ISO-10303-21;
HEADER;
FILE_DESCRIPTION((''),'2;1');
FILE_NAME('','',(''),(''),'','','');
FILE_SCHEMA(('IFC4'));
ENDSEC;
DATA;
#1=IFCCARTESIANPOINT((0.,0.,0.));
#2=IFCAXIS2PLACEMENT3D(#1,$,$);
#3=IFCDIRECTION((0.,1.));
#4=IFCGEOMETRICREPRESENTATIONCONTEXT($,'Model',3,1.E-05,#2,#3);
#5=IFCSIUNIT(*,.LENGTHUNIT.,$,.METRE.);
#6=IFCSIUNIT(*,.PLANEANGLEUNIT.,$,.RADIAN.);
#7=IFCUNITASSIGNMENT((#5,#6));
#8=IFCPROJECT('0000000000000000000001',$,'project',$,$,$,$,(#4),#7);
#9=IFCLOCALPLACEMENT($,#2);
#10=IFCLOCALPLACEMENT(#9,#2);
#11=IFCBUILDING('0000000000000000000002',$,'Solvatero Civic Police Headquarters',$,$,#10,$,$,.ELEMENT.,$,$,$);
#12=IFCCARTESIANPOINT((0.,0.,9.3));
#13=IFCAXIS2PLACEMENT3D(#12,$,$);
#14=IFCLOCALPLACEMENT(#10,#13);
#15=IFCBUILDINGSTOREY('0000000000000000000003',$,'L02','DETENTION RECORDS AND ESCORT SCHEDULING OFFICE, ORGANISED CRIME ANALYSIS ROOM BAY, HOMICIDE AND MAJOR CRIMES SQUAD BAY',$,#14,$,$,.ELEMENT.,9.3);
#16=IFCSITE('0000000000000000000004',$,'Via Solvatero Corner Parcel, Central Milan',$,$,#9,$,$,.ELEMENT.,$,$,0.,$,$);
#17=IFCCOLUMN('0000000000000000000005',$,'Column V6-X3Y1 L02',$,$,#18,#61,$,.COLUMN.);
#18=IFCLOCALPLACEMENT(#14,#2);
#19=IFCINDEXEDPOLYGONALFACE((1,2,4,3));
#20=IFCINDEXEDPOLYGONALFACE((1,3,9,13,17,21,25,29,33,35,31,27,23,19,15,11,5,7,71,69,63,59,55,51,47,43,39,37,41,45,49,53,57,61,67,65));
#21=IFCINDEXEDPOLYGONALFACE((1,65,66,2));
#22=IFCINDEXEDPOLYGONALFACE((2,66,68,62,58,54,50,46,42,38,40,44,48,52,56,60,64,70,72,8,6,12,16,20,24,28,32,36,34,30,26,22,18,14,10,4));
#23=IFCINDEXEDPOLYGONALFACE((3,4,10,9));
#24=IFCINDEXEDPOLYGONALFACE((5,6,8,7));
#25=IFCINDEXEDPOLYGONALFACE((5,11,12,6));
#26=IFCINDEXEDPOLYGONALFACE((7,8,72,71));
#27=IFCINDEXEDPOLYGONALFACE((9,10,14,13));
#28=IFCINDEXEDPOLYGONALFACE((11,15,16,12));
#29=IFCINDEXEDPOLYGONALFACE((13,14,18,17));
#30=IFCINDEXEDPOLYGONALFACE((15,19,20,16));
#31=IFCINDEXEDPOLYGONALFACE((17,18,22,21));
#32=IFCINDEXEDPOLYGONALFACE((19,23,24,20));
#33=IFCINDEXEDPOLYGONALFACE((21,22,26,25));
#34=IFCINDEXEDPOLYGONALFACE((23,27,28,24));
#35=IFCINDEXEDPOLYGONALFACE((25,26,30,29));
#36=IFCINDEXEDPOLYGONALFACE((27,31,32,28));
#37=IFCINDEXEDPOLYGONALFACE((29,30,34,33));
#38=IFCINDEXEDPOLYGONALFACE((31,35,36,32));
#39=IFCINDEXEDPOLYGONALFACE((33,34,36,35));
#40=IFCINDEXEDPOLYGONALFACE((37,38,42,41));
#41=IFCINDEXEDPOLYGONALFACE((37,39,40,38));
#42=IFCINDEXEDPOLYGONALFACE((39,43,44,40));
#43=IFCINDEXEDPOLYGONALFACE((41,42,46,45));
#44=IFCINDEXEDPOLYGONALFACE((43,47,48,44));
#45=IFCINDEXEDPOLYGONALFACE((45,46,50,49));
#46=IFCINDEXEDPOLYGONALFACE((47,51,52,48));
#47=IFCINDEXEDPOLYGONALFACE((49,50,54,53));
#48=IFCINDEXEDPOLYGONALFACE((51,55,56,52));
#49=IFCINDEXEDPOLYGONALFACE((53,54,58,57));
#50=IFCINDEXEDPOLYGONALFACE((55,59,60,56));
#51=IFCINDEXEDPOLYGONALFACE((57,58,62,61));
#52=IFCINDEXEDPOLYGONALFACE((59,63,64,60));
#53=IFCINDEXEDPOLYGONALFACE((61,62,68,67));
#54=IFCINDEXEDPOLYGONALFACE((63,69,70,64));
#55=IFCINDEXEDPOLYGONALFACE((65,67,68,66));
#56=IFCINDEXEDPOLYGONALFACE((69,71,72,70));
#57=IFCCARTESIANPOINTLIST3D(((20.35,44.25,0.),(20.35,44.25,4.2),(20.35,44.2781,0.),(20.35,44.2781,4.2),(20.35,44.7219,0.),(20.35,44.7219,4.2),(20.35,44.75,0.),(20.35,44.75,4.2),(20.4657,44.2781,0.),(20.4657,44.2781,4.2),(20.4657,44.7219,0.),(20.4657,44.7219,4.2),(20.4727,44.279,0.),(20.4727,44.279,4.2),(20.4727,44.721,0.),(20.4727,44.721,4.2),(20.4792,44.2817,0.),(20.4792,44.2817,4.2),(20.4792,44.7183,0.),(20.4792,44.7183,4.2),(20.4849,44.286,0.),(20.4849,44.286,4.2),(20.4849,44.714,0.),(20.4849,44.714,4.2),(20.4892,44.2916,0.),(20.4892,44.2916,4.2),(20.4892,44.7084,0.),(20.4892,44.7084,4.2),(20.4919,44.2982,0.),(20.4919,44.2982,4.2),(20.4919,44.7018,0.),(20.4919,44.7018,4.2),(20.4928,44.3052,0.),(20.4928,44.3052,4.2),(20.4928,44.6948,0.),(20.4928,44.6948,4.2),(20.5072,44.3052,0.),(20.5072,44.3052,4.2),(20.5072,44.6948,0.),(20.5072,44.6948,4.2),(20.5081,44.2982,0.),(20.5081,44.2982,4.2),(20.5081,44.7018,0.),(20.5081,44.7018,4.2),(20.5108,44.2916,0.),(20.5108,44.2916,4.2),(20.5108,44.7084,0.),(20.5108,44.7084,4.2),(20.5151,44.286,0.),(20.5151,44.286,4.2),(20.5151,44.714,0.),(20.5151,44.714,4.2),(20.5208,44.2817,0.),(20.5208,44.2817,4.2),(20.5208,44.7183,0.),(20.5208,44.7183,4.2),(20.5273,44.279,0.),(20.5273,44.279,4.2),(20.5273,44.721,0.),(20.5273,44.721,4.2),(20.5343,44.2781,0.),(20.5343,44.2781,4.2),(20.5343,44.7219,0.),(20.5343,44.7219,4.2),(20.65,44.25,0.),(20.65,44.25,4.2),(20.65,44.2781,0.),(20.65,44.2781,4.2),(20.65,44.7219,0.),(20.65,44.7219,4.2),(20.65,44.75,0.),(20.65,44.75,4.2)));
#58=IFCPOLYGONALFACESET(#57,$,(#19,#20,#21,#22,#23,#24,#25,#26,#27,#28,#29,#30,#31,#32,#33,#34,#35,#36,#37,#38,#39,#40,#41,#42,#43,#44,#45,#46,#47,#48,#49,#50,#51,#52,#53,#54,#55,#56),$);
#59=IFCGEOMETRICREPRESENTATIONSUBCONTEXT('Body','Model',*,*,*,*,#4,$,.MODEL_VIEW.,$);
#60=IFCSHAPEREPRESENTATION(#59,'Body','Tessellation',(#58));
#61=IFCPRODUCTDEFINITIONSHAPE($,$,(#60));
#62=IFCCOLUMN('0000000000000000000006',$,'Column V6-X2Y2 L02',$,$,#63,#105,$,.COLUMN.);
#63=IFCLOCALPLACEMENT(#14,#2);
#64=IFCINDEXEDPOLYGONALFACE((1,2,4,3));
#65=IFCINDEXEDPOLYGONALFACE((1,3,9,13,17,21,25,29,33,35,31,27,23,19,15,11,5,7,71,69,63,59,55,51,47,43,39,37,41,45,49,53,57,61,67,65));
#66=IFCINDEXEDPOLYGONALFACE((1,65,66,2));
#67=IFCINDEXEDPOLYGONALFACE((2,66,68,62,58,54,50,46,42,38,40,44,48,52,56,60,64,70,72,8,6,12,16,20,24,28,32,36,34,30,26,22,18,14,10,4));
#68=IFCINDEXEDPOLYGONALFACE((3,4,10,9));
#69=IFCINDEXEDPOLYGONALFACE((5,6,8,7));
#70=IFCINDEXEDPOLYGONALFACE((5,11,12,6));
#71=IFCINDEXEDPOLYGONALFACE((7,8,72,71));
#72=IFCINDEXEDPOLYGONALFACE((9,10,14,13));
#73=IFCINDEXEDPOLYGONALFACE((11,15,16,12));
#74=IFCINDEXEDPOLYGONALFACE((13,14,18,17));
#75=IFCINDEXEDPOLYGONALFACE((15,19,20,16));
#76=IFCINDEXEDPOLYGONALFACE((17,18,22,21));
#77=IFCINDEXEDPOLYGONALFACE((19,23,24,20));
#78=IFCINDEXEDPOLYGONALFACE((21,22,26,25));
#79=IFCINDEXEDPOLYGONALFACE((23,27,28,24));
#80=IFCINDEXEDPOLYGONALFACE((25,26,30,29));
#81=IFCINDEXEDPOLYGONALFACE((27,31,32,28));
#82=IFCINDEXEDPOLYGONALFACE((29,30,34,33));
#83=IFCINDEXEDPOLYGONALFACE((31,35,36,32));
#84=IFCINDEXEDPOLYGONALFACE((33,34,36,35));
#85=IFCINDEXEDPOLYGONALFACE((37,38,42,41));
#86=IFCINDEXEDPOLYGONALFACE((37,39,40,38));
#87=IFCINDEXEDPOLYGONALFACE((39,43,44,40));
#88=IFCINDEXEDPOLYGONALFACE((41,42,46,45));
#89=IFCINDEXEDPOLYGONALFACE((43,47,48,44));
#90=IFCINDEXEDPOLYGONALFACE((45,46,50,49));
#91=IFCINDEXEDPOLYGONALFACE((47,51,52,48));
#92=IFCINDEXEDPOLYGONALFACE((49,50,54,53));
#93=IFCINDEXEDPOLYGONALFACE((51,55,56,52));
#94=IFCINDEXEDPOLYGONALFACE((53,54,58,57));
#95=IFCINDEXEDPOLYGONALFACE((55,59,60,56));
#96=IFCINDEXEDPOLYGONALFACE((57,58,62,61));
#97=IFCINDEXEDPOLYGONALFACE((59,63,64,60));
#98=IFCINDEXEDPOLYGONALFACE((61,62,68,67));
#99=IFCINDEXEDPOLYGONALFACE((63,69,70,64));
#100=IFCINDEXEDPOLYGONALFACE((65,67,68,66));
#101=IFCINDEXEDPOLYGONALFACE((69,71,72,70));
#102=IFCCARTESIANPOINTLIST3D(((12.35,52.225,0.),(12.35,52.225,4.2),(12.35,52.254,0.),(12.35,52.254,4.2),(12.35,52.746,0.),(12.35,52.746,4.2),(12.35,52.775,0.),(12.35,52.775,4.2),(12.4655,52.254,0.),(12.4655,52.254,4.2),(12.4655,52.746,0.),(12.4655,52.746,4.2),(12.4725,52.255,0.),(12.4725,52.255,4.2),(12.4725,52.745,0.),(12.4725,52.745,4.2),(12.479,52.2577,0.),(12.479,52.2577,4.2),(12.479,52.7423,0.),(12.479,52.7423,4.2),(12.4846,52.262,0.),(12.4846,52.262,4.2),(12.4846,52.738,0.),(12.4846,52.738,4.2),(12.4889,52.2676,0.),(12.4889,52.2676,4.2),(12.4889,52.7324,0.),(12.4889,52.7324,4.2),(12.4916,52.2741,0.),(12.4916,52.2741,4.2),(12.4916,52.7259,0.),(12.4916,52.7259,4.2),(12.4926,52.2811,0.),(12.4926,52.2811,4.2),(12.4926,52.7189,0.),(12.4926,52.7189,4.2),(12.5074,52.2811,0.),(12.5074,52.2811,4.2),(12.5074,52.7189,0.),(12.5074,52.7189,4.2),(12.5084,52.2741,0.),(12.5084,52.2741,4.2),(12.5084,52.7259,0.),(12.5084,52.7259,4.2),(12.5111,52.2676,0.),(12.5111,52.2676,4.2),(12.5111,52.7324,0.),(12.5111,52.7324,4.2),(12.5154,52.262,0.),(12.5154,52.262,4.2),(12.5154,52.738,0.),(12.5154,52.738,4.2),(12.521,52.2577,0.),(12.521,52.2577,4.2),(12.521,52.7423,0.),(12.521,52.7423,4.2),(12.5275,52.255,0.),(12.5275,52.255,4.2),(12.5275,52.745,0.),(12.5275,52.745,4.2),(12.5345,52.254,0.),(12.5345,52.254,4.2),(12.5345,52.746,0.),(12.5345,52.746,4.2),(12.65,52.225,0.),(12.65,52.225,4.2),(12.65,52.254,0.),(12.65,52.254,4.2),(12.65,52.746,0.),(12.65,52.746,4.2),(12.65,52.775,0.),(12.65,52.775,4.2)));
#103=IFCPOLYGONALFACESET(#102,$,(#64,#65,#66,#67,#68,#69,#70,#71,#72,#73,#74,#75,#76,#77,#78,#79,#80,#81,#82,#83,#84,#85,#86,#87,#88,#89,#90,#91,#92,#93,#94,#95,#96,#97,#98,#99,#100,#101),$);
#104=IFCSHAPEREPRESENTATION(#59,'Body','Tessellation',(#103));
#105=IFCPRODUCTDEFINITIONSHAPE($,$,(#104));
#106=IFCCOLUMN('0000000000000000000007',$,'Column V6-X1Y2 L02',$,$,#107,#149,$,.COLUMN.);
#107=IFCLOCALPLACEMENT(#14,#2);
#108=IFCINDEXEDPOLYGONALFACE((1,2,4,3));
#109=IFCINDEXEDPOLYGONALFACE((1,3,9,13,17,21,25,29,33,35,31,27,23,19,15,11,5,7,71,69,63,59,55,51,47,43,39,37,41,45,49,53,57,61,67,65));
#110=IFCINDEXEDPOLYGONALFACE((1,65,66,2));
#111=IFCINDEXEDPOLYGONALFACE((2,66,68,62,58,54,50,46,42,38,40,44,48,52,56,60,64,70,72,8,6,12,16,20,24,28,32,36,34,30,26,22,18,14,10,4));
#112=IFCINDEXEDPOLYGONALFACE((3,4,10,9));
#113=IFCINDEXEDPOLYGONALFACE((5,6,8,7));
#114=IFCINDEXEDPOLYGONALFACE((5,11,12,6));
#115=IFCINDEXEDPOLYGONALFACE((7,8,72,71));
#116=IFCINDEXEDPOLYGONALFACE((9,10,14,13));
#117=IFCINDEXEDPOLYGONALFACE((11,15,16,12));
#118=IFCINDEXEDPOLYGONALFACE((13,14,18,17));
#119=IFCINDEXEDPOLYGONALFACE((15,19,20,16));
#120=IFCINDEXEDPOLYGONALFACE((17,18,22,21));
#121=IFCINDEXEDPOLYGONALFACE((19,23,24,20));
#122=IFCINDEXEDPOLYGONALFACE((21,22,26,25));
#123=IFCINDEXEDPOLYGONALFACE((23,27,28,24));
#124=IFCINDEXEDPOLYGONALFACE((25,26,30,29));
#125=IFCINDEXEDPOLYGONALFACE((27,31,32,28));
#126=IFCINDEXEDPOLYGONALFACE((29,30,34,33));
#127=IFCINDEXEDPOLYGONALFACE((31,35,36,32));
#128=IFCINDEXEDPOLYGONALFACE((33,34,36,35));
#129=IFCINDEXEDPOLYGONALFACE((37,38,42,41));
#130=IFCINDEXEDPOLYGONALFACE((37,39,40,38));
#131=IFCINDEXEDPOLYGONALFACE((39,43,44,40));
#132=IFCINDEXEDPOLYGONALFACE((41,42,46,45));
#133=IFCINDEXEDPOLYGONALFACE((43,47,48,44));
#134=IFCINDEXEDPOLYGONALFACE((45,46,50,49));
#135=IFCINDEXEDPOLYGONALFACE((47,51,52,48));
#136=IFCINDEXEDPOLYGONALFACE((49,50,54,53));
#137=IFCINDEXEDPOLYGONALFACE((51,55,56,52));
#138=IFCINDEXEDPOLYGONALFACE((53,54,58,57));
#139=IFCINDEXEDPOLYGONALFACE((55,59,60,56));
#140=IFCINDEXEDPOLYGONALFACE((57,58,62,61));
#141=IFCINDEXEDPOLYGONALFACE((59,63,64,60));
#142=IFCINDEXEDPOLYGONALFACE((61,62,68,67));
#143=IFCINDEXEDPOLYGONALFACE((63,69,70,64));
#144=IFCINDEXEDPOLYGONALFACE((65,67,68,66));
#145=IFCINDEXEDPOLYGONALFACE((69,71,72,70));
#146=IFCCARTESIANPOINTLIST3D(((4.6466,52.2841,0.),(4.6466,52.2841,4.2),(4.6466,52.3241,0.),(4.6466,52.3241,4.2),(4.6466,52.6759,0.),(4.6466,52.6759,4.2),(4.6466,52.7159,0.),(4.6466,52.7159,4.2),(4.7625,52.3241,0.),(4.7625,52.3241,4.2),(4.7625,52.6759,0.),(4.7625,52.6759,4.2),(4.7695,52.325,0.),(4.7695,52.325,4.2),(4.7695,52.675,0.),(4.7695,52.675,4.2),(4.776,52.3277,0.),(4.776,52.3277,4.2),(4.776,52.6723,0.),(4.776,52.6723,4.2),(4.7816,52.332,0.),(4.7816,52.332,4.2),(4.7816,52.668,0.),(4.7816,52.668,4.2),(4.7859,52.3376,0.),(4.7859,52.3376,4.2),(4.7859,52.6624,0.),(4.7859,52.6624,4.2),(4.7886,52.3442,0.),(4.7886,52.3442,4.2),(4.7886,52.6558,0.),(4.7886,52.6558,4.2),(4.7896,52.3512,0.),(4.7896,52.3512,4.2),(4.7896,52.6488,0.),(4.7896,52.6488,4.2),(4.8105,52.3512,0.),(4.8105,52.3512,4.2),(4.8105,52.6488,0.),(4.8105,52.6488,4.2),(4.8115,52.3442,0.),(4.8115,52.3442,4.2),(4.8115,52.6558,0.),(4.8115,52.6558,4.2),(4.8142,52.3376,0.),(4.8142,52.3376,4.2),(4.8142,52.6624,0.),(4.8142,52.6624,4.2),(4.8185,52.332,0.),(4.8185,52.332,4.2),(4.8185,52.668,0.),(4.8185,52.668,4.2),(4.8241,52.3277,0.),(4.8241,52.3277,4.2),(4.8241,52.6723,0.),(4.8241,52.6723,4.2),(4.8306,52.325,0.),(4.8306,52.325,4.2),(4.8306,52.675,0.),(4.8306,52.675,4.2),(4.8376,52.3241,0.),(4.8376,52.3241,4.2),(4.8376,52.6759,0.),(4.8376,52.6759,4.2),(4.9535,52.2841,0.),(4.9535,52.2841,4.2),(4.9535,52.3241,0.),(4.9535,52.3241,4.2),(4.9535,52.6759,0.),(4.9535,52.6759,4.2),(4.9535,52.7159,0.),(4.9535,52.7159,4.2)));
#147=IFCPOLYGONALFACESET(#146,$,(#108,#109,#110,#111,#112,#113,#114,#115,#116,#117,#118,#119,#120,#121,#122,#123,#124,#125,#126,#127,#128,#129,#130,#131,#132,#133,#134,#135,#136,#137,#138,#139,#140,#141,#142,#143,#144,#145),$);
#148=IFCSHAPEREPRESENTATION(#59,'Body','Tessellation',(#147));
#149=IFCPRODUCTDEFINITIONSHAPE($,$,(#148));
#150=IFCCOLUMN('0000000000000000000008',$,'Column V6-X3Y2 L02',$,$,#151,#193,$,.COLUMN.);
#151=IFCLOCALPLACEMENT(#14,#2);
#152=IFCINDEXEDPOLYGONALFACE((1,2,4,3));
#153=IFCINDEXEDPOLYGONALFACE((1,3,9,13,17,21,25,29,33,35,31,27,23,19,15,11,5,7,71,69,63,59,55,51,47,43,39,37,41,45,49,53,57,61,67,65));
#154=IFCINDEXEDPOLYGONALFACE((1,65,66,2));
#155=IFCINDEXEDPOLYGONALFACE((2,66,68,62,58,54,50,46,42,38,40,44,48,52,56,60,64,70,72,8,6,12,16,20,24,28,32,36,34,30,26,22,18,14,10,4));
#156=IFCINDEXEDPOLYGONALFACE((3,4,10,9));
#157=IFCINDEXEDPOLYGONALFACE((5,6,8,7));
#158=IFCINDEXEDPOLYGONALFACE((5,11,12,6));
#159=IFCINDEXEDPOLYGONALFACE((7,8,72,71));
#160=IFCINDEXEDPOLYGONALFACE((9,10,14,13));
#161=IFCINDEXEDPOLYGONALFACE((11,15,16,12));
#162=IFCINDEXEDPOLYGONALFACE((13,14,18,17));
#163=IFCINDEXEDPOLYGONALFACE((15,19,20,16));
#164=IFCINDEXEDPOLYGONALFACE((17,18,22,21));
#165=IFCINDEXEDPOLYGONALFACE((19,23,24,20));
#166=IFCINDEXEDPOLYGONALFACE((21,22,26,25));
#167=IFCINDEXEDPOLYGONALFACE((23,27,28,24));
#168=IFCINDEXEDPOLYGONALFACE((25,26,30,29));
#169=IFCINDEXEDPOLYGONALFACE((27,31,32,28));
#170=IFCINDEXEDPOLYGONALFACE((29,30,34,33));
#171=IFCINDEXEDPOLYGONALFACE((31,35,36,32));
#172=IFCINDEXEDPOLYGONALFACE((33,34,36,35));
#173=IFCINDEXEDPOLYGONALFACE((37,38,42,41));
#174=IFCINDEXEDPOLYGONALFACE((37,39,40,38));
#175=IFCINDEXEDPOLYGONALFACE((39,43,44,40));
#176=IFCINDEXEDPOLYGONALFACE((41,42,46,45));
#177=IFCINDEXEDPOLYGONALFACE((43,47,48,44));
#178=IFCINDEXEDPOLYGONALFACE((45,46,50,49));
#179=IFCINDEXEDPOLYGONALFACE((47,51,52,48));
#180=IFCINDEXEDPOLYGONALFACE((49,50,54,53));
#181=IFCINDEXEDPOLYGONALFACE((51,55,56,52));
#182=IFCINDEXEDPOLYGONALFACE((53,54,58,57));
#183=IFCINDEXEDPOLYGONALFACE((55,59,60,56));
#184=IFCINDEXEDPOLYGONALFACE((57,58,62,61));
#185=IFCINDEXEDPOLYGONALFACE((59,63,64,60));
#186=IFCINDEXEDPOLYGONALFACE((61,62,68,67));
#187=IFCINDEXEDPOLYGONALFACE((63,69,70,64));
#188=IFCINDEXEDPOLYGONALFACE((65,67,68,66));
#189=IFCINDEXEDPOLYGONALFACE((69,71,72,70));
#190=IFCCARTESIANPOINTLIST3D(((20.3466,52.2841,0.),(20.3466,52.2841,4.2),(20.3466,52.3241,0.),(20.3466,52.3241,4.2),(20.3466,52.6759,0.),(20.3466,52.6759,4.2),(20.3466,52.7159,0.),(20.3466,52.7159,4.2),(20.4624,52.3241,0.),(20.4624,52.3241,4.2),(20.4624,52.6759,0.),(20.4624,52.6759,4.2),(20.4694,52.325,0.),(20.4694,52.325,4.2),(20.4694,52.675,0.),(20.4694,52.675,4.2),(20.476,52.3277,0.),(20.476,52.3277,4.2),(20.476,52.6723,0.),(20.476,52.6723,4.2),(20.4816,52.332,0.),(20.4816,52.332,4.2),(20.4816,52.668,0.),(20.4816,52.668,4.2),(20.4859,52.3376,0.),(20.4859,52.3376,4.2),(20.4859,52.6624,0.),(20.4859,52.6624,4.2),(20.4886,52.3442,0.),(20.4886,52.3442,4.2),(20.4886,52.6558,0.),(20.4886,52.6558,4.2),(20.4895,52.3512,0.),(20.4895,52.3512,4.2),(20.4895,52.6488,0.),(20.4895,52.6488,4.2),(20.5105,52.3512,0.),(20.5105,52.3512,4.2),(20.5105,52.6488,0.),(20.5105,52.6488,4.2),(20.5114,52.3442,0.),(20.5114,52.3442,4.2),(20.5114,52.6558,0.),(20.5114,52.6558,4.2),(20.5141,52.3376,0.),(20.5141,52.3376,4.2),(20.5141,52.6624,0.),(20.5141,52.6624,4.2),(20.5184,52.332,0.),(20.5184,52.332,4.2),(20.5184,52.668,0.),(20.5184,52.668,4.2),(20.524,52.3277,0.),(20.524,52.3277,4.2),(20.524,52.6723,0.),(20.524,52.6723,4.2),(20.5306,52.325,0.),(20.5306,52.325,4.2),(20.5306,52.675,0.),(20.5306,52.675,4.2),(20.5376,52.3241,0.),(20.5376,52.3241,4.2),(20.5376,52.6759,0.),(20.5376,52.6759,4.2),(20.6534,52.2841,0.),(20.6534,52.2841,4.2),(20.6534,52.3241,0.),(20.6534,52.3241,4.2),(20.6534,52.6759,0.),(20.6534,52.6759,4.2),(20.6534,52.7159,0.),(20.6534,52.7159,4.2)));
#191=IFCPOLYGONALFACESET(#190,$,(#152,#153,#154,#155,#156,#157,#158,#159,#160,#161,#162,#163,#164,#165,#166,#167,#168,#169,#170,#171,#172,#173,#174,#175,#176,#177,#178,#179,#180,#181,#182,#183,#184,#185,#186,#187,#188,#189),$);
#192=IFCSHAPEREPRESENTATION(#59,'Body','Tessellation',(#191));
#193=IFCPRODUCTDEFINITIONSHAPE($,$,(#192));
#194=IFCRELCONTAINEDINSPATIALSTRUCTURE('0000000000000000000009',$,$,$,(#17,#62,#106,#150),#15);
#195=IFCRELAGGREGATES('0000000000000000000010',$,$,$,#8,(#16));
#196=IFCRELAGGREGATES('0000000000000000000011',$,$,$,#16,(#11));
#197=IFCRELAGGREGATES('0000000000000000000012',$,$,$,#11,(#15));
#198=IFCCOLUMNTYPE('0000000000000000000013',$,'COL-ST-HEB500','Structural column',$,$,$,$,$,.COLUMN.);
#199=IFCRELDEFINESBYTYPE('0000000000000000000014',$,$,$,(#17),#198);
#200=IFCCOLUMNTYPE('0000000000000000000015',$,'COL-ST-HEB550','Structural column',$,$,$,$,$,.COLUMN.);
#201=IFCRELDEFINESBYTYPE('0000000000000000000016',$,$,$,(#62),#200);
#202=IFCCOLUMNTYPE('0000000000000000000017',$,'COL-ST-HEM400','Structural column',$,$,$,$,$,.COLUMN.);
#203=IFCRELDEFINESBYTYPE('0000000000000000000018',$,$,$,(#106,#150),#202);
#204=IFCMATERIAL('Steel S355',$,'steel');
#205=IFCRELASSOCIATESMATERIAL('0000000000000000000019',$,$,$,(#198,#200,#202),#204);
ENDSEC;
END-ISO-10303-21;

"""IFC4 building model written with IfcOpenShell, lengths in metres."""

from ifc_helpers import new_model, si_unit, direction, frame, origin, origin_2d, place, context, subcontext, project, spatial, i_section, extrude, material, material_profile, profile_set, type_object, element, save


model = new_model("IFC4")

# Units and contexts
model_context = context("Model", 3, precision=1e-05, world=origin(), true_north=direction((0.0, 1.0)))
body_context = subcontext(model_context, "Body", "Model", "MODEL_VIEW")
ifc_project = project(units=[si_unit("LENGTHUNIT", "METRE"), si_unit("PLANEANGLEUNIT", "RADIAN")], contexts=[model_context])

# Site, building, storey
site_placement = place(None, origin())
site = spatial("IfcSite", under=ifc_project, at=site_placement, Name="Via Solvatero Corner Parcel, Central Milan", CompositionType="ELEMENT", RefElevation=0.0)
building_placement = place(site_placement, origin())
building = spatial("IfcBuilding", under=site, at=building_placement, Name="Solvatero Civic Police Headquarters", CompositionType="ELEMENT")
storey_placement = place(building_placement, frame((0.0, 0.0, 9.3)))
storey = spatial("IfcBuildingStorey", under=building, at=storey_placement, Name="L02", Description="DETENTION RECORDS AND ESCORT SCHEDULING OFFICE, ORGANISED CRIME ANALYSIS ROOM BAY, HOMICIDE AND MAJOR CRIMES SQUAD BAY", CompositionType="ELEMENT", Elevation=9.3)

# Columns
ifc_material_1 = material(Name="Steel S355", Category="steel")
ifc_material_profile_1 = material_profile(ifc_material_1, i_section(OverallWidth=0.3, OverallDepth=0.5, WebThickness=0.0144, FlangeThickness=0.0281, FilletRadius=0.0271, at=origin_2d()), Name="HEB 500")
ifc_profile_set_1 = profile_set([ifc_material_profile_1], Name="Steel S355")
column_type_1 = type_object("IfcColumnType", Name="COL-ST-HEB500", Description="Structural column", PredefinedType="COLUMN", material=ifc_profile_set_1)
column_1_placement = place(storey_placement, frame((20.5, 44.5, 0.0), z_axis=(0.0, 0.0, 1.0), x_axis=(1.0, 0.0, 0.0)))
element("IfcColumn", 1, at=column_1_placement, inside=storey, type_object=column_type_1, Name="Column V6-X3Y1 L02", PredefinedType="COLUMN", context=body_context, shape_type="SweptSolid", body=[
    extrude(i_section(OverallWidth=0.3, OverallDepth=0.5, WebThickness=0.0144, FlangeThickness=0.0281, FilletRadius=0.0271, at=origin_2d()), origin(), (0.0, 0.0, 1.0), 4.2),
])
ifc_material_profile_2 = material_profile(ifc_material_1, i_section(OverallWidth=0.3, OverallDepth=0.55, WebThickness=0.0149, FlangeThickness=0.0291, FilletRadius=0.0271, at=origin_2d()), Name="HEB 550")
ifc_profile_set_2 = profile_set([ifc_material_profile_2], Name="Steel S355")
column_type_2 = type_object("IfcColumnType", Name="COL-ST-HEB550", Description="Structural column", PredefinedType="COLUMN", material=ifc_profile_set_2)
column_2_placement = place(storey_placement, frame((12.5, 52.5, 0.0), z_axis=(0.0, 0.0, 1.0), x_axis=(1.0, 0.0, 0.0)))
element("IfcColumn", 2, at=column_2_placement, inside=storey, type_object=column_type_2, Name="Column V6-X2Y2 L02", PredefinedType="COLUMN", context=body_context, shape_type="SweptSolid", body=[
    extrude(i_section(OverallWidth=0.3, OverallDepth=0.55, WebThickness=0.0149, FlangeThickness=0.0291, FilletRadius=0.0271, at=origin_2d()), origin(), (0.0, 0.0, 1.0), 4.2),
])
ifc_material_profile_3 = material_profile(ifc_material_1, i_section(OverallWidth=0.3069, OverallDepth=0.4319, WebThickness=0.021, FlangeThickness=0.04, FilletRadius=0.0271, at=origin_2d()), Name="HEM 400")
ifc_profile_set_3 = profile_set([ifc_material_profile_3], Name="Steel S355")
column_type_3 = type_object("IfcColumnType", Name="COL-ST-HEM400", Description="Structural column", PredefinedType="COLUMN", material=ifc_profile_set_3)
for number, where, z_axis, x_axis, name in (
    (3, (4.8, 52.5, 0.0), (0.0, 0.0, 1.0), (1.0, 0.0, 0.0), "Column V6-X1Y2 L02"),
    (4, (20.5, 52.5, 0.0), (0.0, 0.0, 1.0), (1.0, 0.0, 0.0), "Column V6-X3Y2 L02"),
):
    element("IfcColumn", number, at=place(storey_placement, frame(where, z_axis=z_axis, x_axis=x_axis)), inside=storey, type_object=column_type_3, Name=name, PredefinedType="COLUMN", context=body_context, shape_type="SweptSolid", body=[
        extrude(i_section(OverallWidth=0.3069, OverallDepth=0.4319, WebThickness=0.021, FlangeThickness=0.04, FilletRadius=0.0271, at=origin_2d()), origin(), (0.0, 0.0, 1.0), 4.2),
    ])

save(model, "model.ifc")
